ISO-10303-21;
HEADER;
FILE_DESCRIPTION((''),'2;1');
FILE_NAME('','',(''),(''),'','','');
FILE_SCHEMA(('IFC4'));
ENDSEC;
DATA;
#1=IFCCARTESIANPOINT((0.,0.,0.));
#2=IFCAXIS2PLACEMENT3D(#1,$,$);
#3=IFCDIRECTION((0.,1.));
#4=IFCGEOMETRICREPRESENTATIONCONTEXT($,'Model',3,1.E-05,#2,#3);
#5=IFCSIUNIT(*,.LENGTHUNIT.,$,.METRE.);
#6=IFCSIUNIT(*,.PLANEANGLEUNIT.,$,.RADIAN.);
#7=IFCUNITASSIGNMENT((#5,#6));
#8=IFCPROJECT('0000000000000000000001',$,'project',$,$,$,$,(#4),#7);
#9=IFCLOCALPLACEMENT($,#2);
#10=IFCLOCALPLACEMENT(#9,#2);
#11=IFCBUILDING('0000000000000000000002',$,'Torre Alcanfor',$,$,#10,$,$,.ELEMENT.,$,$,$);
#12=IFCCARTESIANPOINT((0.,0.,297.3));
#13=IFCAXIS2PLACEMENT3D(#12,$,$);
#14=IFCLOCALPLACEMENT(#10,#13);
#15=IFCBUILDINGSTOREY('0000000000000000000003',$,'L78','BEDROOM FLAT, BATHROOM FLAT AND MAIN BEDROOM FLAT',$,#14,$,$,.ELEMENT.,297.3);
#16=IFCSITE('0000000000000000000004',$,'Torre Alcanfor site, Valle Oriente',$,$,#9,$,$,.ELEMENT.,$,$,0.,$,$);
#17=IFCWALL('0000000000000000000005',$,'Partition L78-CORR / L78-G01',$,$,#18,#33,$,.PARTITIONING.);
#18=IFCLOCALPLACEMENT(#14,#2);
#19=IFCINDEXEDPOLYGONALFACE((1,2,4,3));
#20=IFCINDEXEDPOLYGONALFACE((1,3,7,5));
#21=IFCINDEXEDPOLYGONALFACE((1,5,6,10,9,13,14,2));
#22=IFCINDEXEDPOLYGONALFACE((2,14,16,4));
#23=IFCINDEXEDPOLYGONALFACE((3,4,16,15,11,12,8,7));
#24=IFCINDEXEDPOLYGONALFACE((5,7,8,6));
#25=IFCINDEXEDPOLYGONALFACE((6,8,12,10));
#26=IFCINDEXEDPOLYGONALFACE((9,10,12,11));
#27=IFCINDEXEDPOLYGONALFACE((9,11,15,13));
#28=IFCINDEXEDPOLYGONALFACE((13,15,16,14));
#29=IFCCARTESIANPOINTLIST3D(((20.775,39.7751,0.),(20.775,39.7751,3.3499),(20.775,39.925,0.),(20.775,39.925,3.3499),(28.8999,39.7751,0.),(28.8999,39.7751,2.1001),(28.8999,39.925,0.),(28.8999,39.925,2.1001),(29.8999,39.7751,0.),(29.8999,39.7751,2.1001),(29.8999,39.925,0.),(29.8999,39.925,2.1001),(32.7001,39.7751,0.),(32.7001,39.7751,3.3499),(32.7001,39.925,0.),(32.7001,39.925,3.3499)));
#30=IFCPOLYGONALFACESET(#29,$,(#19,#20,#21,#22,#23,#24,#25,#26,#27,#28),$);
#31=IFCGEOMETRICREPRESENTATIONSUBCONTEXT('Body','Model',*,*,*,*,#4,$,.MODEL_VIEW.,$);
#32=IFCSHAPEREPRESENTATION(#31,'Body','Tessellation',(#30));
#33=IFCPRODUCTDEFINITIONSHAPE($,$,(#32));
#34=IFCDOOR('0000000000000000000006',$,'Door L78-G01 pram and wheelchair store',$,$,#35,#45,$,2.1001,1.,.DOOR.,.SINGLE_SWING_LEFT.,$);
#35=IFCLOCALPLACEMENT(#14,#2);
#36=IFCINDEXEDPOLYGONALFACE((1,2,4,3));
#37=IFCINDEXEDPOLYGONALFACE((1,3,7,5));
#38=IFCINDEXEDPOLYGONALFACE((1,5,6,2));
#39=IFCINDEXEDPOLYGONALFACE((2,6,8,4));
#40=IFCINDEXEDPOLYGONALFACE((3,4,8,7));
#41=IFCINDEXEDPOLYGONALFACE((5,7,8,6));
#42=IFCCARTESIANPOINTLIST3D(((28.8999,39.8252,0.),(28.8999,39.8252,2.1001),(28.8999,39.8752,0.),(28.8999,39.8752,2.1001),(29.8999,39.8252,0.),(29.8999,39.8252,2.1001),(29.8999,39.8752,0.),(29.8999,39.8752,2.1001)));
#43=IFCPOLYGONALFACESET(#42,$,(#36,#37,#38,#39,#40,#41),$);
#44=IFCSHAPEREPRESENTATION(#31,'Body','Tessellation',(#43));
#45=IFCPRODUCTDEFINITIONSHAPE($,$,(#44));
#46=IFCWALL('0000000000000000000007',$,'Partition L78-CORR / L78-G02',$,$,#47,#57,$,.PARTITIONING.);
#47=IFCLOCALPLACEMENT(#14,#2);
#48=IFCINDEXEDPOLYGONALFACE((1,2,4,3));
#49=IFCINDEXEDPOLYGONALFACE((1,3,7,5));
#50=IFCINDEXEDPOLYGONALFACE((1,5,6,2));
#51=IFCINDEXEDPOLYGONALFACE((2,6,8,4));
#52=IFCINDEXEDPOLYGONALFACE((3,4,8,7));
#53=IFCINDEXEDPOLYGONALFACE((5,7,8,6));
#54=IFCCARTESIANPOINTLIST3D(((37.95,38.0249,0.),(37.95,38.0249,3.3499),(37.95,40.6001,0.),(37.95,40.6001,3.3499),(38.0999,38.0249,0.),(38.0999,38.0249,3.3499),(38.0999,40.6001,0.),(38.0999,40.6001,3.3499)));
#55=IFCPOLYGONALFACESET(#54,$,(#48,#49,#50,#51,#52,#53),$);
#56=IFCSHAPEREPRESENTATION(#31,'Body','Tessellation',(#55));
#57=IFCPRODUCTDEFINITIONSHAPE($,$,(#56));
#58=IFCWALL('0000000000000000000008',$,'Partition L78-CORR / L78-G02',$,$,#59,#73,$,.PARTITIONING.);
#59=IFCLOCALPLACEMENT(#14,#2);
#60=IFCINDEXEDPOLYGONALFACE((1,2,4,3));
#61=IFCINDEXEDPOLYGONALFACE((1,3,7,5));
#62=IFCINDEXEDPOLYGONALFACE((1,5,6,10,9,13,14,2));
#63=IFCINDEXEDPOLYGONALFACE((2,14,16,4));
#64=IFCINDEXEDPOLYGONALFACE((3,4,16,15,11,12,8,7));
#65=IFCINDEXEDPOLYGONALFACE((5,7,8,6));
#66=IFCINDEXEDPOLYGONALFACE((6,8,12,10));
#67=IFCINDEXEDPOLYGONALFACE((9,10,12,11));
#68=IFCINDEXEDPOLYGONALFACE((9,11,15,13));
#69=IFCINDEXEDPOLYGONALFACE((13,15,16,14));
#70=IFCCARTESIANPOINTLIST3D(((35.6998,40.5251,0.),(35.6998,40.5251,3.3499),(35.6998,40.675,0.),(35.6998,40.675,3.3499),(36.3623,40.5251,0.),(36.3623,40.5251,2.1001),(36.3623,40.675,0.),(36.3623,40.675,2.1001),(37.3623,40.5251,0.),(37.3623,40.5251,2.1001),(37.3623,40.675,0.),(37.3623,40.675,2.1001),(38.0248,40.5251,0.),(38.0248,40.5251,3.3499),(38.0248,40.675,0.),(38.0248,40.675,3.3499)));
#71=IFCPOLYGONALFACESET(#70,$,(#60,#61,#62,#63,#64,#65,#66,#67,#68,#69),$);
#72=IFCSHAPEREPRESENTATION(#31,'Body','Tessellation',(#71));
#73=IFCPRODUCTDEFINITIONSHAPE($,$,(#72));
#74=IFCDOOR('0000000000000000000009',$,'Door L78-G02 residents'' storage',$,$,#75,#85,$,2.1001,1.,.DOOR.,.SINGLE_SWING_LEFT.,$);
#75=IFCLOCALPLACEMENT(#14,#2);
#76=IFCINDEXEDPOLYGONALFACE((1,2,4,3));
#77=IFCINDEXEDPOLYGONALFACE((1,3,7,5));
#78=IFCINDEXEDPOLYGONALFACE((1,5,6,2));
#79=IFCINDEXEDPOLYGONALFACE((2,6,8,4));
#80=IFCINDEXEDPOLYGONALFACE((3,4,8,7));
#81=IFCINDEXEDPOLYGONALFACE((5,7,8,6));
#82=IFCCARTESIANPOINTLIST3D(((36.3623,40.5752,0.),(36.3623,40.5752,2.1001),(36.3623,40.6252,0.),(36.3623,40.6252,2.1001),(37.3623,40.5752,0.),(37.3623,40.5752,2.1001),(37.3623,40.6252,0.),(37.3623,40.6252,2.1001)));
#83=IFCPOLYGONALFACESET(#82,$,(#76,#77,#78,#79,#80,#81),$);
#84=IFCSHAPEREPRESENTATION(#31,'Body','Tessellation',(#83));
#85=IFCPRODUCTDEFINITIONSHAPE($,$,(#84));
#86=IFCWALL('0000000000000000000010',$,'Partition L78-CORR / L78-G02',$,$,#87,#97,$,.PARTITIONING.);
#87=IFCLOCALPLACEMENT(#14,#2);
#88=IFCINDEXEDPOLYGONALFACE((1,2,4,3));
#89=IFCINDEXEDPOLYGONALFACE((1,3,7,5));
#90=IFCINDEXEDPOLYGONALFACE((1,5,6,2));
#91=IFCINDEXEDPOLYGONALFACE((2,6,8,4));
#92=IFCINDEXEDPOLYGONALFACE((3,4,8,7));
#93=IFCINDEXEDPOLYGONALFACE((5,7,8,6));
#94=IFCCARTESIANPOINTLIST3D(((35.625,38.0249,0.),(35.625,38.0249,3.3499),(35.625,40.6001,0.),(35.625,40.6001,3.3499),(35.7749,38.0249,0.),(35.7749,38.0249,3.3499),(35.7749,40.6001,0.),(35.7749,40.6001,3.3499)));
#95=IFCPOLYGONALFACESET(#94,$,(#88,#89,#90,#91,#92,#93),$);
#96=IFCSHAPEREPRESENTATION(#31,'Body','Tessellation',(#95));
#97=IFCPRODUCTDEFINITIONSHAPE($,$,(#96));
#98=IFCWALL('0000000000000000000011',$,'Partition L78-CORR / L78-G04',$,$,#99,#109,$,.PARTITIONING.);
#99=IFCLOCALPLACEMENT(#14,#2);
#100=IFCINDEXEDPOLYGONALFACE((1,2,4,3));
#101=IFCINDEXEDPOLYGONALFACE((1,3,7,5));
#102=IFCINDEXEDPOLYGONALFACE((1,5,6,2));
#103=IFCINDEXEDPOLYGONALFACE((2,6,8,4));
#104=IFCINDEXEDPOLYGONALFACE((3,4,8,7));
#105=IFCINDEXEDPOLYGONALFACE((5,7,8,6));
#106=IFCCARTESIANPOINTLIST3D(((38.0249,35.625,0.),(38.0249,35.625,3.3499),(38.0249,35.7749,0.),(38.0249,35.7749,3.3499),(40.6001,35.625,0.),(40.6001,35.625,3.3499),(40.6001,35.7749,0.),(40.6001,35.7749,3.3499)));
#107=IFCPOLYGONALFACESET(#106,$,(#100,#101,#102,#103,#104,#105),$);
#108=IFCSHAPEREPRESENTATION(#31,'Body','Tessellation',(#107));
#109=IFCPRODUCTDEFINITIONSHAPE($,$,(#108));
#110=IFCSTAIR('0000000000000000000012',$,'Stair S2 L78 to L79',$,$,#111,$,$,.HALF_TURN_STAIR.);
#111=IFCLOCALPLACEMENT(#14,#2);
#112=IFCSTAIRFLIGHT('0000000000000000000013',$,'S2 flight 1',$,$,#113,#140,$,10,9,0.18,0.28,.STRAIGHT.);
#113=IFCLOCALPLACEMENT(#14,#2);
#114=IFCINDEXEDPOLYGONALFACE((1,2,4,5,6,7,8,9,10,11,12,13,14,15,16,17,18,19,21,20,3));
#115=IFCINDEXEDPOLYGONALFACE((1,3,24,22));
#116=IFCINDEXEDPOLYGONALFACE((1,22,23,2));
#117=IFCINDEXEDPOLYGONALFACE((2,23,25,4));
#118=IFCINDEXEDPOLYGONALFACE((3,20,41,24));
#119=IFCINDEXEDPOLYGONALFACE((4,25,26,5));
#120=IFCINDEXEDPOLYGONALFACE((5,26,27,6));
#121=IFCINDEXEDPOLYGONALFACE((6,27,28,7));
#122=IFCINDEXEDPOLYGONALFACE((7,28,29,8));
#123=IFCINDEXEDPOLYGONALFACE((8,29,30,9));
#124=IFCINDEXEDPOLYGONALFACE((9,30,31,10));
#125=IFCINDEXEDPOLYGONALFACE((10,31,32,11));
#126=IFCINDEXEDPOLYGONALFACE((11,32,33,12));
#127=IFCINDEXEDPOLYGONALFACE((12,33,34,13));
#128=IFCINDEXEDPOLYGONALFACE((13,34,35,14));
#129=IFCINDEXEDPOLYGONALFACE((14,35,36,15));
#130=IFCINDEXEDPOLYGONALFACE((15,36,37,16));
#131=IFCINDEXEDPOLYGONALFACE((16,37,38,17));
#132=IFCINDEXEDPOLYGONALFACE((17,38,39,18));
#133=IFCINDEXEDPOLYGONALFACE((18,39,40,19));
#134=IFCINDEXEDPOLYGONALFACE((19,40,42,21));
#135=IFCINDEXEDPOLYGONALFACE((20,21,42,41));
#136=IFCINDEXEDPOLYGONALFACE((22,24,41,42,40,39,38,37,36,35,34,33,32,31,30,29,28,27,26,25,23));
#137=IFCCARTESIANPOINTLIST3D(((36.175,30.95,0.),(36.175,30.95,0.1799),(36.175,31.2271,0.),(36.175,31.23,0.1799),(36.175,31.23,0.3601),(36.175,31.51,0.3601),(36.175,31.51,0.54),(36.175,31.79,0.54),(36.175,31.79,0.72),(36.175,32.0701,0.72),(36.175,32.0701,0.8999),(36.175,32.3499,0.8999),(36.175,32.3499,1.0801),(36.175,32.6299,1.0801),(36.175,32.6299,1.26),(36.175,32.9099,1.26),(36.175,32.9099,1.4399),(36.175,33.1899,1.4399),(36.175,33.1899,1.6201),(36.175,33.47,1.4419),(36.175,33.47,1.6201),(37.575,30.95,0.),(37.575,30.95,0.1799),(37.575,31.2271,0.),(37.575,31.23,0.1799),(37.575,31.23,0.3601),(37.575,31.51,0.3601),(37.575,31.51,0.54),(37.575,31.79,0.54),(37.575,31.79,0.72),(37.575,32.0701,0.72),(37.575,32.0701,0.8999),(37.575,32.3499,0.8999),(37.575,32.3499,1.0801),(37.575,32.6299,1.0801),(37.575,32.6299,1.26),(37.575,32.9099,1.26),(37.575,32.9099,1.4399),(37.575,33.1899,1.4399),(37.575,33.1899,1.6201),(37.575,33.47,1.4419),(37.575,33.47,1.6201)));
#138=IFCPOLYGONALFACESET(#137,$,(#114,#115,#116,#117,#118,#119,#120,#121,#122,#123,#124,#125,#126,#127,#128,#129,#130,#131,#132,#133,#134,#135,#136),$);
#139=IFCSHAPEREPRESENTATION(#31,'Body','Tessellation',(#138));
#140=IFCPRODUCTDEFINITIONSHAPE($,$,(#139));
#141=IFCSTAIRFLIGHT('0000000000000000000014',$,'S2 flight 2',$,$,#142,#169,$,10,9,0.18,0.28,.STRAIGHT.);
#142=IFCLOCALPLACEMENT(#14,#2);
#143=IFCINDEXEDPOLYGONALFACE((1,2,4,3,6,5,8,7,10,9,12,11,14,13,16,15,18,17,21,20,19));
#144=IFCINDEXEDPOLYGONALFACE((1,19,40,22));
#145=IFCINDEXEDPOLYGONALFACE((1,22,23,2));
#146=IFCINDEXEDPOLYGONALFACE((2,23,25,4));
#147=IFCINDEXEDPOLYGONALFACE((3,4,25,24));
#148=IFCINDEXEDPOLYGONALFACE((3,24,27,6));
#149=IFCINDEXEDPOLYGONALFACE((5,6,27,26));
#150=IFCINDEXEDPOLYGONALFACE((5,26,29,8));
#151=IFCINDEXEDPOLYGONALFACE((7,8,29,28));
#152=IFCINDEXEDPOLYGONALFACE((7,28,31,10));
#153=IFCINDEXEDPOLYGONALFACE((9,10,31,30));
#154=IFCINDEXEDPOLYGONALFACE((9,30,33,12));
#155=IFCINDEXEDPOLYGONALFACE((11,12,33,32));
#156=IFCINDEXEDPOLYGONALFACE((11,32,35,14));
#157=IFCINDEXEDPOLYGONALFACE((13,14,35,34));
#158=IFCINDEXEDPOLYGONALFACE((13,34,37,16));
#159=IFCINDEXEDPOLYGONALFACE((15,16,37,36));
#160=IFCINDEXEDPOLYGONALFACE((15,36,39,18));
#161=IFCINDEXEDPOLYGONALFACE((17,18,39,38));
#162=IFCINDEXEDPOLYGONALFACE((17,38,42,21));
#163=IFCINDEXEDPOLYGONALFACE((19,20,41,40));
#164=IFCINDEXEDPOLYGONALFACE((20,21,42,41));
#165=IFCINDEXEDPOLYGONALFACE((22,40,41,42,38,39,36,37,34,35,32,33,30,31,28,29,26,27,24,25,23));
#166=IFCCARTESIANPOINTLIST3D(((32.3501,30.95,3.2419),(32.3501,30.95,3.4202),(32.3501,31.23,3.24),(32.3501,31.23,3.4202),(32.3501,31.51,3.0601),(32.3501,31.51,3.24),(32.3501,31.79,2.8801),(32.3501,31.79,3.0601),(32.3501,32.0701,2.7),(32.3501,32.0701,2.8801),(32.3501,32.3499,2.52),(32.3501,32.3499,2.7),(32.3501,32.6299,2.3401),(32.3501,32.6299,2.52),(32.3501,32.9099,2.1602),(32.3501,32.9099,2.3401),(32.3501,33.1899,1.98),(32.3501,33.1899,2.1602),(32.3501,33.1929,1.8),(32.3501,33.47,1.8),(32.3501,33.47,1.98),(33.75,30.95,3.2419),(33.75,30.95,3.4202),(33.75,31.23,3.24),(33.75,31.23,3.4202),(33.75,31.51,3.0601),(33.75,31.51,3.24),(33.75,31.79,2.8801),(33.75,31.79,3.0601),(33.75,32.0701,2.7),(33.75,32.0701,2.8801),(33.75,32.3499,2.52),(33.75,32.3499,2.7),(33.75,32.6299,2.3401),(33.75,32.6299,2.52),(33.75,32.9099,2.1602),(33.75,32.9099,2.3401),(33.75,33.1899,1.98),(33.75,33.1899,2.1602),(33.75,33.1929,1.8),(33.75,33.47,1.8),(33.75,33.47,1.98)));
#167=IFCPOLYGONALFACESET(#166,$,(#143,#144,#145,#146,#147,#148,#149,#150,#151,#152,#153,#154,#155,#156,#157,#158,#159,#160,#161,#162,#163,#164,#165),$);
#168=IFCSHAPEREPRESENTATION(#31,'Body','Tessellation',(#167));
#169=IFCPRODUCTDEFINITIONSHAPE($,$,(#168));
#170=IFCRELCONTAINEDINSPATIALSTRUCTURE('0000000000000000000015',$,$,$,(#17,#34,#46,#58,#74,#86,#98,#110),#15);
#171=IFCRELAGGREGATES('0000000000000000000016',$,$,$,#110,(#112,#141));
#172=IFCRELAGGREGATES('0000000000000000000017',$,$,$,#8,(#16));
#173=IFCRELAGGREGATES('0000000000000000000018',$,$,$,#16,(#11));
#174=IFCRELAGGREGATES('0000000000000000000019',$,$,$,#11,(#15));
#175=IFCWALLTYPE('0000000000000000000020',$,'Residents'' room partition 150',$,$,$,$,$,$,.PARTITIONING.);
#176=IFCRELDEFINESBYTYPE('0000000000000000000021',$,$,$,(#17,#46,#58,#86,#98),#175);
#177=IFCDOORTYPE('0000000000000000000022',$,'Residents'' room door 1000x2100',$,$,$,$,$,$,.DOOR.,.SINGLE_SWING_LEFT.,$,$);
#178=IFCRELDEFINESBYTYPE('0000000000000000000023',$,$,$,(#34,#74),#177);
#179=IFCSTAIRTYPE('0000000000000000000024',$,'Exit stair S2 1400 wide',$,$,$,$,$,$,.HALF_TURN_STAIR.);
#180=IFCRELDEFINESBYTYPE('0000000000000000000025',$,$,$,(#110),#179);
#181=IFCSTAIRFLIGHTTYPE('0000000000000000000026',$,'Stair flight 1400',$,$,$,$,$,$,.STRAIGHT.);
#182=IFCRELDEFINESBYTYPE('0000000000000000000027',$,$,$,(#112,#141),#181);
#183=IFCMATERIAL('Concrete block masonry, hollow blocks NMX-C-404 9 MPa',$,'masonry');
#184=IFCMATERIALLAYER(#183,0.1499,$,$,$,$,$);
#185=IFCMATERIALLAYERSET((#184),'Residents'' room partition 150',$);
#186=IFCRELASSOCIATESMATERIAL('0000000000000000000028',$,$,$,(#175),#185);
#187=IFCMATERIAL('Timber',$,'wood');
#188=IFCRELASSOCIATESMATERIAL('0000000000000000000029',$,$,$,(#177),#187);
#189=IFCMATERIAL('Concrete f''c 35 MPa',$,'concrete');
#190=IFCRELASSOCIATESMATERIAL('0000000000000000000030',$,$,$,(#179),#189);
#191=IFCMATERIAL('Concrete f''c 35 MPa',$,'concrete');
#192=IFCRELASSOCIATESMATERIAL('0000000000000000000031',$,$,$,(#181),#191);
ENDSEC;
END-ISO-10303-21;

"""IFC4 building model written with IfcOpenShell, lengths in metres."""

from ifc_helpers import new_model, si_unit, direction, frame, frame_2d, origin, place, context, subcontext, project, spatial, polyline, rectangle, outline, extrude, material, layer, layer_set, type_object, element, fill, aggregate, save


model = new_model("IFC4")

# Units and contexts
model_context = context("Model", 3, precision=1e-05, world=origin(), true_north=direction((0.0, 1.0)))
body_context = subcontext(model_context, "Body", "Model", "MODEL_VIEW")
ifc_project = project(units=[si_unit("LENGTHUNIT", "METRE"), si_unit("PLANEANGLEUNIT", "RADIAN")], contexts=[model_context])

# Site, building, storey
site_placement = place(None, origin())
site = spatial("IfcSite", under=ifc_project, at=site_placement, Name="Torre Alcanfor site, Valle Oriente", CompositionType="ELEMENT", RefElevation=0.0)
building_placement = place(site_placement, origin())
building = spatial("IfcBuilding", under=site, at=building_placement, Name="Torre Alcanfor", CompositionType="ELEMENT")
storey_placement = place(building_placement, frame((0.0, 0.0, 297.3)))
storey = spatial("IfcBuildingStorey", under=building, at=storey_placement, Name="L78", Description="BEDROOM FLAT, BATHROOM FLAT AND MAIN BEDROOM FLAT", CompositionType="ELEMENT", Elevation=297.3)

# Shared definitions
ifc_material_1 = material(Name="Concrete block masonry, hollow blocks NMX-C-404 9 MPa", Category="masonry")
ifc_layer_1 = layer(ifc_material_1, 0.1499)
ifc_layer_set_1 = layer_set([ifc_layer_1], Name="Residents' room partition 150")
wall_type_1 = type_object("IfcWallType", Name="Residents' room partition 150", PredefinedType="PARTITIONING", material=ifc_layer_set_1)

# Wall, opening, door
wall_1_placement = place(storey_placement, frame((32.7, 39.8501, 0.0), z_axis=(0.0, 0.0, 1.0), x_axis=(-1.0, 0.0, 0.0)))
wall_1 = element("IfcWall", 1, at=wall_1_placement, inside=storey, type_object=wall_type_1, Name="Partition L78-CORR / L78-G01", PredefinedType="PARTITIONING", context=body_context, shape_type="SweptSolid", body=[
    extrude(rectangle(XDim=11.925, YDim=0.1499, at=frame_2d((5.9624, 0.0))), origin(), (0.0, 0.0, 1.0), 3.3499),
])
opening_1_placement = place(wall_1_placement, frame((2.8, 0.0, 0.0)))
opening_1 = element("IfcOpeningElement", 2, at=opening_1_placement, cuts=wall_1, PredefinedType="OPENING", context=body_context, shape_type="SweptSolid", body=[
    extrude(rectangle(XDim=1.0, YDim=2.1001, at=frame_2d((0.5, 1.05))), frame((0.0, 0.085, 0.0), z_axis=(0.0, -1.0, 0.0), x_axis=(1.0, 0.0, 0.0)), (0.0, 0.0, 1.0), 0.1699),
])
ifc_material_2 = material(Name="Timber", Category="wood")
door_type = type_object("IfcDoorType", Name="Residents' room door 1000x2100", OperationType="SINGLE_SWING_LEFT", PredefinedType="DOOR", material=ifc_material_2)
door_1_placement = place(opening_1_placement, origin())
door_1 = element("IfcDoor", 3, at=door_1_placement, inside=storey, type_object=door_type, Name="Door L78-G01 pram and wheelchair store", OperationType="SINGLE_SWING_LEFT", OverallHeight=2.1001, OverallWidth=1.0, PredefinedType="DOOR", context=body_context, shape_type="SweptSolid", body=[
    extrude(rectangle(XDim=1.0, YDim=2.1001, at=frame_2d((0.5, 1.05))), frame((0.0, 0.0249, 0.0), z_axis=(0.0, -1.0, 0.0), x_axis=(1.0, 0.0, 0.0)), (0.0, 0.0, 1.0), 0.05),
])
fill(opening_1, door_1)

# Wall
wall_2_placement = place(storey_placement, frame((38.0249, 38.0249, 0.0), z_axis=(0.0, 0.0, 1.0), x_axis=(0.0, 1.0, 0.0)))
element("IfcWall", 4, at=wall_2_placement, inside=storey, type_object=wall_type_1, Name="Partition L78-CORR / L78-G02", PredefinedType="PARTITIONING", context=body_context, shape_type="SweptSolid", body=[
    extrude(rectangle(XDim=2.5752, YDim=0.1499, at=frame_2d((1.2876, 0.0))), origin(), (0.0, 0.0, 1.0), 3.3499),
])

# Wall, opening, door
wall_3_placement = place(storey_placement, frame((38.0249, 40.6001, 0.0), z_axis=(0.0, 0.0, 1.0), x_axis=(-1.0, 0.0, 0.0)))
wall_3 = element("IfcWall", 5, at=wall_3_placement, inside=storey, type_object=wall_type_1, Name="Partition L78-CORR / L78-G02", PredefinedType="PARTITIONING", context=body_context, shape_type="SweptSolid", body=[
    extrude(rectangle(XDim=2.325, YDim=0.1499, at=frame_2d((1.1626, 0.0))), origin(), (0.0, 0.0, 1.0), 3.3499),
])
opening_2_placement = place(wall_3_placement, frame((0.6626, 0.0, 0.0)))
opening_2 = element("IfcOpeningElement", 6, at=opening_2_placement, cuts=wall_3, PredefinedType="OPENING", context=body_context, shape_type="SweptSolid", body=[
    extrude(rectangle(XDim=1.0, YDim=2.1001, at=frame_2d((0.5, 1.05))), frame((0.0, 0.085, 0.0), z_axis=(0.0, -1.0, 0.0), x_axis=(1.0, 0.0, 0.0)), (0.0, 0.0, 1.0), 0.1699),
])
door_2_placement = place(opening_2_placement, origin())
door_2 = element("IfcDoor", 7, at=door_2_placement, inside=storey, type_object=door_type, Name="Door L78-G02 residents' storage", OperationType="SINGLE_SWING_LEFT", OverallHeight=2.1001, OverallWidth=1.0, PredefinedType="DOOR", context=body_context, shape_type="SweptSolid", body=[
    extrude(rectangle(XDim=1.0, YDim=2.1001, at=frame_2d((0.5, 1.05))), frame((0.0, 0.0249, 0.0), z_axis=(0.0, -1.0, 0.0), x_axis=(1.0, 0.0, 0.0)), (0.0, 0.0, 1.0), 0.05),
])
fill(opening_2, door_2)

# Walls
for number, where, z_axis, x_axis, name in (
    (8, (35.7, 40.6001, 0.0), (0.0, 0.0, 1.0), (0.0, -1.0, 0.0), "Partition L78-CORR / L78-G02"),
    (9, (38.0249, 35.7, 0.0), (0.0, 0.0, 1.0), (1.0, 0.0, 0.0), "Partition L78-CORR / L78-G04"),
):
    element("IfcWall", number, at=place(storey_placement, frame(where, z_axis=z_axis, x_axis=x_axis)), inside=storey, type_object=wall_type_1, Name=name, PredefinedType="PARTITIONING", context=body_context, shape_type="SweptSolid", body=[
        extrude(rectangle(XDim=2.5752, YDim=0.1499, at=frame_2d((1.2876, 0.0))), origin(), (0.0, 0.0, 1.0), 3.3499),
    ])

# Stair, stair flights
ifc_material_3 = material(Name="Concrete f'c 35 MPa", Category="concrete")
stair_type = type_object("IfcStairType", Name="Exit stair S2 1400 wide", PredefinedType="HALF_TURN_STAIR", material=ifc_material_3)
stair_placement = place(storey_placement, origin())
stair = element("IfcStair", 10, at=stair_placement, inside=storey, type_object=stair_type, Name="Stair S2 L78 to L79", PredefinedType="HALF_TURN_STAIR")
ifc_material_4 = material(Name="Concrete f'c 35 MPa", Category="concrete")
stair_flight_type = type_object("IfcStairFlightType", Name="Stair flight 1400", PredefinedType="STRAIGHT", material=ifc_material_4)
stair_flight_1_placement = place(storey_placement, frame((36.875, 30.95, 0.0), z_axis=(0.0, 0.0, 1.0), x_axis=(0.0, 1.0, 0.0)))
stair_flight_1 = element("IfcStairFlight", 11, at=stair_flight_1_placement, type_object=stair_flight_type, Name="S2 flight 1", NumberOfRisers=10, NumberOfTreads=9, PredefinedType="STRAIGHT", RiserHeight=0.18, TreadLength=0.28, context=body_context, shape_type="SweptSolid", body=[
    extrude(outline(polyline([(0.0, 0.0), (0.0, 0.1799), (0.28, 0.1799), (0.28, 0.3601), (0.5601, 0.3601), (0.5601, 0.54), (0.8401, 0.54), (0.8401, 0.72), (1.1201, 0.72), (1.1201, 0.8999), (1.3999, 0.8999), (1.3999, 1.0801), (1.6799, 1.0801), (1.6799, 1.26), (1.96, 1.26), (1.96, 1.4399), (2.24, 1.4399), (2.24, 1.6201), (2.52, 1.6201), (2.52, 1.8), (2.52, 1.4419), (0.2771, 0.0), (0.0, 0.0)])), frame((0.0, 0.7, 0.0), z_axis=(0.0, -1.0, 0.0), x_axis=(1.0, 0.0, 0.0)), (0.0, 0.0, 1.0), 1.3999),
])
stair_flight_2_placement = place(storey_placement, frame((33.05, 33.47, 1.8), z_axis=(0.0, 0.0, 1.0), x_axis=(0.0, -1.0, 0.0)))
stair_flight_2 = element("IfcStairFlight", 12, at=stair_flight_2_placement, type_object=stair_flight_type, Name="S2 flight 2", NumberOfRisers=10, NumberOfTreads=9, PredefinedType="STRAIGHT", RiserHeight=0.18, TreadLength=0.28, context=body_context, shape_type="SweptSolid", body=[
    extrude(outline(polyline([(0.0, 0.0), (0.0, 0.1799), (0.28, 0.1799), (0.28, 0.3601), (0.5601, 0.3601), (0.5601, 0.54), (0.8401, 0.54), (0.8401, 0.72), (1.1201, 0.72), (1.1201, 0.8999), (1.3999, 0.8999), (1.3999, 1.0801), (1.6799, 1.0801), (1.6799, 1.26), (1.96, 1.26), (1.96, 1.4399), (2.24, 1.4399), (2.24, 1.6201), (2.52, 1.6201), (2.52, 1.8), (2.52, 1.4419), (0.2771, 0.0), (0.0, 0.0)])), frame((0.0, 0.7, 0.0), z_axis=(0.0, -1.0, 0.0), x_axis=(1.0, 0.0, 0.0)), (0.0, 0.0, 1.0), 1.3999),
])
aggregate(stair, [stair_flight_1, stair_flight_2])

save(model, "model.ifc")
